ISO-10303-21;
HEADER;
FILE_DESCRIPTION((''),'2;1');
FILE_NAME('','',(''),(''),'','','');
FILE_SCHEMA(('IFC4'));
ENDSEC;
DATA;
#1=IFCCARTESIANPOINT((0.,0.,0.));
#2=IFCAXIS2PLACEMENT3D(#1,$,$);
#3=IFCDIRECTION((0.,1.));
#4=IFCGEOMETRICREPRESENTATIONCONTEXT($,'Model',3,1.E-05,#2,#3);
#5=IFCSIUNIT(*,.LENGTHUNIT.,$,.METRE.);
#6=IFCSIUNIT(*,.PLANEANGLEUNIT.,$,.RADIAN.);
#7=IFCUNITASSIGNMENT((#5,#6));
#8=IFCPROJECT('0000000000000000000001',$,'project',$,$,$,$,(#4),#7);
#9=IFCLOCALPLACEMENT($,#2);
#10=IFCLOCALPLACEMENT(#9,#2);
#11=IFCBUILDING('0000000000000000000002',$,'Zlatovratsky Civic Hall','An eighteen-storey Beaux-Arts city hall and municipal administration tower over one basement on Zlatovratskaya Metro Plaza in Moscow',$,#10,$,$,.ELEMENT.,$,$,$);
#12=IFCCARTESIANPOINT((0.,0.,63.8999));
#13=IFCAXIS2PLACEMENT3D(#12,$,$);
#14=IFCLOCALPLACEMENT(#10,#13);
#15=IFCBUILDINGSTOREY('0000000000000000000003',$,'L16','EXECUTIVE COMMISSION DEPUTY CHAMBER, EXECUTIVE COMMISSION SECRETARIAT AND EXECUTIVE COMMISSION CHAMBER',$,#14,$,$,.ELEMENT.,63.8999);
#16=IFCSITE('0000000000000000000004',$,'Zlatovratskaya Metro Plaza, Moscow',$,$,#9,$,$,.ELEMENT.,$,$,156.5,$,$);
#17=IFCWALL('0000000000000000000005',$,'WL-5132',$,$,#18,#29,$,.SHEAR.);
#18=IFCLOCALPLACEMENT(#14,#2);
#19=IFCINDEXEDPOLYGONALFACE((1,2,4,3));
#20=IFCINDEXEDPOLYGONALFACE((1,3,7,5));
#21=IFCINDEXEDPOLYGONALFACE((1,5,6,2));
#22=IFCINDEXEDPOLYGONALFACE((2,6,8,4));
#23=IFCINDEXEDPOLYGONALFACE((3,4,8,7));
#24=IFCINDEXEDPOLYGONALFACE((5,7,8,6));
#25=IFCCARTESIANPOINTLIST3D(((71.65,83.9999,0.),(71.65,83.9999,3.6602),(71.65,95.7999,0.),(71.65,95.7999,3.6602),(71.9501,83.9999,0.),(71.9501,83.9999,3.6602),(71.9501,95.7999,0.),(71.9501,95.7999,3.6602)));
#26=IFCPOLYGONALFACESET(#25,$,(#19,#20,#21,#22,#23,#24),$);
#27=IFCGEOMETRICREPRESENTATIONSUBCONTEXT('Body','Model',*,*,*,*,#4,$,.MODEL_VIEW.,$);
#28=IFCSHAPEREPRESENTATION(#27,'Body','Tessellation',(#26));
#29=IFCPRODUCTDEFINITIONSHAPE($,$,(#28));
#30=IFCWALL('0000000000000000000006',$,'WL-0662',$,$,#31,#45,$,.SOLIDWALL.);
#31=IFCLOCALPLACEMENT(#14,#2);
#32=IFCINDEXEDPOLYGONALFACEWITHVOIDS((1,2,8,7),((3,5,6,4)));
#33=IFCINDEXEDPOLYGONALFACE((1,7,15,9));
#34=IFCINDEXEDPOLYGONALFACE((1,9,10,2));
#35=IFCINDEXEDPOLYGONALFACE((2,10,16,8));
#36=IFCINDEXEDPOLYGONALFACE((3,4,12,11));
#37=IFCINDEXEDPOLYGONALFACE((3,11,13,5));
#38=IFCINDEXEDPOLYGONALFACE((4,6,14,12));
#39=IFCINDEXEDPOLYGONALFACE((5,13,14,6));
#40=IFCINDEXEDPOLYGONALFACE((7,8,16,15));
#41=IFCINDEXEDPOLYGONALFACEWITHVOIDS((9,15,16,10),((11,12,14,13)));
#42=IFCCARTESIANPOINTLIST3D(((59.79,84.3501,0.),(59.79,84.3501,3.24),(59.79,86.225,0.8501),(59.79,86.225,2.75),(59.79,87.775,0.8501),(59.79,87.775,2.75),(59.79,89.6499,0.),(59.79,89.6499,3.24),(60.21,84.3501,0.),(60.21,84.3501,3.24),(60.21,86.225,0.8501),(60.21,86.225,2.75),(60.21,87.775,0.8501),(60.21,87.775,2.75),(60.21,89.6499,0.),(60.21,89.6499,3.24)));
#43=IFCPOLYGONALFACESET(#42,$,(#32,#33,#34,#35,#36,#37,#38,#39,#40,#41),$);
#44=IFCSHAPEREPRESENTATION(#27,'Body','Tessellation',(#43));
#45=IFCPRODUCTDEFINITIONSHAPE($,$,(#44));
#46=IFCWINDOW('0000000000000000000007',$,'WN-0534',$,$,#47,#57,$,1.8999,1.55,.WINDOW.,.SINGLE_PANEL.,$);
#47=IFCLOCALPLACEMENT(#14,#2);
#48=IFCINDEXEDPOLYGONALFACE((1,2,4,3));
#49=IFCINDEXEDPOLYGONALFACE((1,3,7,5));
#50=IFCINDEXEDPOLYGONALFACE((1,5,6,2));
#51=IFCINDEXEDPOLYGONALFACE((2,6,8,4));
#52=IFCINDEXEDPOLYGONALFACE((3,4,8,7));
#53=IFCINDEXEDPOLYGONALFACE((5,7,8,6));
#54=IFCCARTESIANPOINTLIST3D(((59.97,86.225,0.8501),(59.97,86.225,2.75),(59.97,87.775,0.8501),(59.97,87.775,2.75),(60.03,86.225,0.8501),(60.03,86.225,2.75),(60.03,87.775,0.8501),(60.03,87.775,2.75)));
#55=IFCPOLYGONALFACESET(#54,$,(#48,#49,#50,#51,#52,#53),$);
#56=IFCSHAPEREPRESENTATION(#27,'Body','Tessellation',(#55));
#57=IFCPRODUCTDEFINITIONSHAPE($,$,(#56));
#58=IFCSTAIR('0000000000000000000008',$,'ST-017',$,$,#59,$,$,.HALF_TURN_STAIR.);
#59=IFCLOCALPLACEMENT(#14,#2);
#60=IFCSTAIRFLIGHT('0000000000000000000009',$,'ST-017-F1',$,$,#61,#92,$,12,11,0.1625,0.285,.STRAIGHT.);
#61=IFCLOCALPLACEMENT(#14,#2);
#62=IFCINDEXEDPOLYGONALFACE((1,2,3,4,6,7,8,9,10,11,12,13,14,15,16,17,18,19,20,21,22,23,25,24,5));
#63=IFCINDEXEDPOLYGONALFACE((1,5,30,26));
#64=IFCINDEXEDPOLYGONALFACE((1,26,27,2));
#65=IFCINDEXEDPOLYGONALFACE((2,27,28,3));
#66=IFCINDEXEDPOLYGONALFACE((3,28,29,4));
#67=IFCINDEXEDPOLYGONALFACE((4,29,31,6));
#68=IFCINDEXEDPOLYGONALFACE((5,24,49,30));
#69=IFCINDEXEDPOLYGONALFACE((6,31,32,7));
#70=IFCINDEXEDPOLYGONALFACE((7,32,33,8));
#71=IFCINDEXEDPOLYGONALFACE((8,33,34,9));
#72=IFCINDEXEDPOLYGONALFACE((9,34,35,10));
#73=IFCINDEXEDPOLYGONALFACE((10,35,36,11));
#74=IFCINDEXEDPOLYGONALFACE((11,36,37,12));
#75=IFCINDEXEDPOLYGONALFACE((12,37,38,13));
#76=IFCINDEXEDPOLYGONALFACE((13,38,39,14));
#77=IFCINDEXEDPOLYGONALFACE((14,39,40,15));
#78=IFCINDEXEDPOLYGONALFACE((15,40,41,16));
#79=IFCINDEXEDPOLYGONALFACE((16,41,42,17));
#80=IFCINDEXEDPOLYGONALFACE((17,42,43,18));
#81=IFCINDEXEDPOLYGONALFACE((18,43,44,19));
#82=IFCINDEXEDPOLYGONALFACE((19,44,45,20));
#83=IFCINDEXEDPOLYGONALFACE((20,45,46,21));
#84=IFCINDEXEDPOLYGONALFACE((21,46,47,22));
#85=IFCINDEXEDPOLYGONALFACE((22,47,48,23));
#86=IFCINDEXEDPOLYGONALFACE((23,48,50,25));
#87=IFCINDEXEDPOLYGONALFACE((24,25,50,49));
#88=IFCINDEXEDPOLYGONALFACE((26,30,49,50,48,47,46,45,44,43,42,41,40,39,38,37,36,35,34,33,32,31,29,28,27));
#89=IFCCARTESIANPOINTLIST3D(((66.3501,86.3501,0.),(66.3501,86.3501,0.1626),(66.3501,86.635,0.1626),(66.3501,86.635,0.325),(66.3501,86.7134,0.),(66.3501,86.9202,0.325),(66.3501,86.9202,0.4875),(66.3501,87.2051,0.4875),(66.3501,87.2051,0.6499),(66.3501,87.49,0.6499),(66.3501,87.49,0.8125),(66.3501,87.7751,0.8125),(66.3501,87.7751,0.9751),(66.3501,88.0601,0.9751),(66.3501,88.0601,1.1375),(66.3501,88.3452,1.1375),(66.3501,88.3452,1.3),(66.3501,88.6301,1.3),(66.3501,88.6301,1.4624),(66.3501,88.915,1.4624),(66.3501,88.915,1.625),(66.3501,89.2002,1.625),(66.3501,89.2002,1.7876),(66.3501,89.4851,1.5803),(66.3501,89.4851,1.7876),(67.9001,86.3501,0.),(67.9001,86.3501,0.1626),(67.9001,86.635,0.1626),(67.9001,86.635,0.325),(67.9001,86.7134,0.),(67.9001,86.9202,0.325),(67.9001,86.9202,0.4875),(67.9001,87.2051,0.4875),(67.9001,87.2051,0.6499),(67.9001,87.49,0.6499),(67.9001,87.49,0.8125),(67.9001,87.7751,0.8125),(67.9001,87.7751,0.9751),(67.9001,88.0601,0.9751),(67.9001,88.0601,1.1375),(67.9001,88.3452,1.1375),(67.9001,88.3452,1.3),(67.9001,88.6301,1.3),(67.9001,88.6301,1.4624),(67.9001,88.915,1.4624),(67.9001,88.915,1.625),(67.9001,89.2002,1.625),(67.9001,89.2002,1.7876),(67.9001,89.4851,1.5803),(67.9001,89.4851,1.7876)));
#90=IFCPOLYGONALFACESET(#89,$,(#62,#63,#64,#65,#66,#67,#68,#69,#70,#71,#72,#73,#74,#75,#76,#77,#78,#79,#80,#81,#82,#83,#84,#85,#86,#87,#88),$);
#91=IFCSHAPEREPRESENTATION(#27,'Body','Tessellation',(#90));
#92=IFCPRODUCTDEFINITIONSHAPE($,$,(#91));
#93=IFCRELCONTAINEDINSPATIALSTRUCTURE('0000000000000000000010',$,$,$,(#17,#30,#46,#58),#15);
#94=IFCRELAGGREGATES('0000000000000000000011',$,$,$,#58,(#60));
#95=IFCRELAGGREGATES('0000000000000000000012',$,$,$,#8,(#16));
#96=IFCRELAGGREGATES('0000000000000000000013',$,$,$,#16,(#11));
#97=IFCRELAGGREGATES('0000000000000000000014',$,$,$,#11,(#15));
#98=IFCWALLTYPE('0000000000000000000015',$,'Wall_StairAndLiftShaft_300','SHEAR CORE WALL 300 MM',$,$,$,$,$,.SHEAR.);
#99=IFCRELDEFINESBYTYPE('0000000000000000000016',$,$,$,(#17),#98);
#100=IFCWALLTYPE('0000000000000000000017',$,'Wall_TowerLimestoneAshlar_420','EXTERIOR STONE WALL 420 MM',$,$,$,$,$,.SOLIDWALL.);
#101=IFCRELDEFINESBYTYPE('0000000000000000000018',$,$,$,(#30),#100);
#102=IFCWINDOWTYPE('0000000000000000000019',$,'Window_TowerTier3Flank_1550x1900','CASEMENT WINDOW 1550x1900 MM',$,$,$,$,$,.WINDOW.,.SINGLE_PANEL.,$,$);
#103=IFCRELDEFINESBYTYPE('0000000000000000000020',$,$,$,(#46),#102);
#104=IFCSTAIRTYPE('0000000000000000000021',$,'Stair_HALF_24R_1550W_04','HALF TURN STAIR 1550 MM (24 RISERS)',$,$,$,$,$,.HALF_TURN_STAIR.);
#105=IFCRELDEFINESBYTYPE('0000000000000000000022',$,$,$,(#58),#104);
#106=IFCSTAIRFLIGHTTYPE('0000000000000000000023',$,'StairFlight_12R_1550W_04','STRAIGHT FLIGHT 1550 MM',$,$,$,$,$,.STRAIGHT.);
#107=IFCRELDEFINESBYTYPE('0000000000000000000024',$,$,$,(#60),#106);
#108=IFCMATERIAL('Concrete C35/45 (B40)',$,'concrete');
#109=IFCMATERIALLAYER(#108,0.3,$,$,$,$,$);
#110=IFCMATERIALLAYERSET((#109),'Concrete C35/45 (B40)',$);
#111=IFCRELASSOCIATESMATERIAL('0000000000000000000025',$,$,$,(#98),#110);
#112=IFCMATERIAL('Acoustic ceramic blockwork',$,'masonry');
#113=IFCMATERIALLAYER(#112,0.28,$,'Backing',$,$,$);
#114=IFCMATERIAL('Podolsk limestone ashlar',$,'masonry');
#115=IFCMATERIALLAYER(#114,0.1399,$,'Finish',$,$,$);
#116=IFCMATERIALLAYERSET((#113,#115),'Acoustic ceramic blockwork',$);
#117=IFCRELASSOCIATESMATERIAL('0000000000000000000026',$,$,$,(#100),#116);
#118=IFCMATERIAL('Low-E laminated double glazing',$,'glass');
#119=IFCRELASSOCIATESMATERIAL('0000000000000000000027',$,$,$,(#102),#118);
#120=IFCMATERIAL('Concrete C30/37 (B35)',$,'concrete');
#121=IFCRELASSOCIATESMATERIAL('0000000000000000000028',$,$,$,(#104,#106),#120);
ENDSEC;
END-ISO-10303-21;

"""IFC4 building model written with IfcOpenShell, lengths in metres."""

from ifc_helpers import new_model, si_unit, direction, frame, frame_2d, origin, place, context, subcontext, project, spatial, polyline, rectangle, outline, extrude, material, layer, layer_set, type_object, element, fill, aggregate, save


model = new_model("IFC4")

# Units and contexts
model_context = context("Model", 3, precision=1e-05, world=origin(), true_north=direction((0.0, 1.0)))
body_context = subcontext(model_context, "Body", "Model", "MODEL_VIEW")
ifc_project = project(units=[si_unit("LENGTHUNIT", "METRE"), si_unit("PLANEANGLEUNIT", "RADIAN")], contexts=[model_context])

# Site, building, storey
site_placement = place(None, origin())
site = spatial("IfcSite", under=ifc_project, at=site_placement, Name="Zlatovratskaya Metro Plaza, Moscow", CompositionType="ELEMENT", RefElevation=156.5)
building_placement = place(site_placement, origin())
building = spatial("IfcBuilding", under=site, at=building_placement, Name="Zlatovratsky Civic Hall", Description="An eighteen-storey Beaux-Arts city hall and municipal administration tower over one basement on Zlatovratskaya Metro Plaza in Moscow", CompositionType="ELEMENT")
storey_placement = place(building_placement, frame((0.0, 0.0, 63.8999)))
storey = spatial("IfcBuildingStorey", under=building, at=storey_placement, Name="L16", Description="EXECUTIVE COMMISSION DEPUTY CHAMBER, EXECUTIVE COMMISSION SECRETARIAT AND EXECUTIVE COMMISSION CHAMBER", CompositionType="ELEMENT", Elevation=63.8999)

# Shared definitions
ifc_material_1 = material(Name="Concrete C35/45 (B40)", Category="concrete")

# Shared definitions
ifc_layer_1 = layer(ifc_material_1, 0.3)
ifc_layer_set_1 = layer_set([ifc_layer_1], Name="Concrete C35/45 (B40)")
wall_type_1 = type_object("IfcWallType", Name="Wall_StairAndLiftShaft_300", Description="SHEAR CORE WALL 300 MM", PredefinedType="SHEAR", material=ifc_layer_set_1)

# Wall
for number, where, z_axis, x_axis, name in (
    (1, (71.8, 84.0, 0.0), (0.0, 0.0, 1.0), (0.0, 1.0, 0.0), "WL-5132"),
):
    element("IfcWall", number, at=place(storey_placement, frame(where, z_axis=z_axis, x_axis=x_axis)), inside=storey, type_object=wall_type_1, Name=name, PredefinedType="SHEAR", context=body_context, shape_type="SweptSolid", body=[
        extrude(rectangle(XDim=11.8, YDim=0.3, at=frame_2d((5.8999, 0.0))), origin(), (0.0, 0.0, 1.0), 3.6602),
    ])

# Wall, opening, window
ifc_material_2 = material(Name="Acoustic ceramic blockwork", Category="masonry")
ifc_layer_2 = layer(ifc_material_2, 0.28, Name="Backing")
ifc_material_3 = material(Name="Podolsk limestone ashlar", Category="masonry")
ifc_layer_3 = layer(ifc_material_3, 0.1399, Name="Finish")
ifc_layer_set_2 = layer_set([ifc_layer_2, ifc_layer_3], Name="Acoustic ceramic blockwork")
wall_type_2 = type_object("IfcWallType", Name="Wall_TowerLimestoneAshlar_420", Description="EXTERIOR STONE WALL 420 MM", PredefinedType="SOLIDWALL", material=ifc_layer_set_2)
wall_1_placement = place(storey_placement, frame((60.0, 84.3501, 0.0), z_axis=(0.0, 0.0, 1.0), x_axis=(0.0, 1.0, 0.0)))
wall_1 = element("IfcWall", 2, at=wall_1_placement, inside=storey, type_object=wall_type_2, Name="WL-0662", PredefinedType="SOLIDWALL", context=body_context, shape_type="SweptSolid", body=[
    extrude(rectangle(XDim=5.2998, YDim=0.4199, at=frame_2d((2.6499, 0.0))), origin(), (0.0, 0.0, 1.0), 3.24),
])
opening_1_placement = place(wall_1_placement, frame((1.875, 0.0, 0.8501)))
opening_1 = element("IfcOpeningElement", 3, at=opening_1_placement, cuts=wall_1, PredefinedType="OPENING", context=body_context, shape_type="SweptSolid", body=[
    extrude(rectangle(XDim=1.55, YDim=1.8999, at=frame_2d((0.7749, 0.95))), frame((0.0, 0.2249, 0.0), z_axis=(0.0, -1.0, 0.0), x_axis=(1.0, 0.0, 0.0)), (0.0, 0.0, 1.0), 0.4497),
])
ifc_material_4 = material(Name="Low-E laminated double glazing", Category="glass")
window_type = type_object("IfcWindowType", Name="Window_TowerTier3Flank_1550x1900", Description="CASEMENT WINDOW 1550x1900 MM", PartitioningType="SINGLE_PANEL", PredefinedType="WINDOW", material=ifc_material_4)
window_placement = place(opening_1_placement, origin())
window = element("IfcWindow", 4, at=window_placement, inside=storey, type_object=window_type, Name="WN-0534", OverallHeight=1.8999, OverallWidth=1.55, PartitioningType="SINGLE_PANEL", PredefinedType="WINDOW", context=body_context, shape_type="SweptSolid", body=[
    extrude(rectangle(XDim=1.55, YDim=1.8999, at=frame_2d((0.7749, 0.95))), frame((0.0, 0.03, 0.0), z_axis=(0.0, -1.0, 0.0), x_axis=(1.0, 0.0, 0.0)), (0.0, 0.0, 1.0), 0.0601),
])
fill(opening_1, window)

# Stair, stair flight
ifc_material_5 = material(Name="Concrete C30/37 (B35)", Category="concrete")
stair_type = type_object("IfcStairType", Name="Stair_HALF_24R_1550W_04", Description="HALF TURN STAIR 1550 MM (24 RISERS)", PredefinedType="HALF_TURN_STAIR", material=ifc_material_5)
stair_placement = place(storey_placement, origin())
stair = element("IfcStair", 5, at=stair_placement, inside=storey, type_object=stair_type, Name="ST-017", PredefinedType="HALF_TURN_STAIR")
stair_flight_type = type_object("IfcStairFlightType", Name="StairFlight_12R_1550W_04", Description="STRAIGHT FLIGHT 1550 MM", PredefinedType="STRAIGHT", material=ifc_material_5)
stair_flight_placement = place(storey_placement, frame((67.125, 86.3501, 0.0), z_axis=(0.0, 0.0, 1.0), x_axis=(0.0, 1.0, 0.0)))
stair_flight = element("IfcStairFlight", 6, at=stair_flight_placement, type_object=stair_flight_type, Name="ST-017-F1", NumberOfRisers=12, NumberOfTreads=11, PredefinedType="STRAIGHT", RiserHeight=0.1625, TreadLength=0.285, context=body_context, shape_type="SweptSolid", body=[
    extrude(outline(polyline([(0.0, 0.0), (0.0, 0.1626), (0.2849, 0.1626), (0.2849, 0.325), (0.5701, 0.325), (0.5701, 0.4875), (0.855, 0.4875), (0.855, 0.6499), (1.1399, 0.6499), (1.1399, 0.8125), (1.425, 0.8125), (1.425, 0.9751), (1.71, 0.9751), (1.71, 1.1375), (1.9951, 1.1375), (1.9951, 1.3), (2.28, 1.3), (2.28, 1.4624), (2.5649, 1.4624), (2.5649, 1.625), (2.8501, 1.625), (2.8501, 1.7876), (3.135, 1.7876), (3.135, 1.95), (3.135, 1.5803), (0.3633, 0.0), (0.0, 0.0)])), frame((0.0, 0.7749, 0.0), z_axis=(0.0, -1.0, 0.0), x_axis=(1.0, 0.0, 0.0)), (0.0, 0.0, 1.0), 1.55),
])
aggregate(stair, [stair_flight])

save(model, "model.ifc")
